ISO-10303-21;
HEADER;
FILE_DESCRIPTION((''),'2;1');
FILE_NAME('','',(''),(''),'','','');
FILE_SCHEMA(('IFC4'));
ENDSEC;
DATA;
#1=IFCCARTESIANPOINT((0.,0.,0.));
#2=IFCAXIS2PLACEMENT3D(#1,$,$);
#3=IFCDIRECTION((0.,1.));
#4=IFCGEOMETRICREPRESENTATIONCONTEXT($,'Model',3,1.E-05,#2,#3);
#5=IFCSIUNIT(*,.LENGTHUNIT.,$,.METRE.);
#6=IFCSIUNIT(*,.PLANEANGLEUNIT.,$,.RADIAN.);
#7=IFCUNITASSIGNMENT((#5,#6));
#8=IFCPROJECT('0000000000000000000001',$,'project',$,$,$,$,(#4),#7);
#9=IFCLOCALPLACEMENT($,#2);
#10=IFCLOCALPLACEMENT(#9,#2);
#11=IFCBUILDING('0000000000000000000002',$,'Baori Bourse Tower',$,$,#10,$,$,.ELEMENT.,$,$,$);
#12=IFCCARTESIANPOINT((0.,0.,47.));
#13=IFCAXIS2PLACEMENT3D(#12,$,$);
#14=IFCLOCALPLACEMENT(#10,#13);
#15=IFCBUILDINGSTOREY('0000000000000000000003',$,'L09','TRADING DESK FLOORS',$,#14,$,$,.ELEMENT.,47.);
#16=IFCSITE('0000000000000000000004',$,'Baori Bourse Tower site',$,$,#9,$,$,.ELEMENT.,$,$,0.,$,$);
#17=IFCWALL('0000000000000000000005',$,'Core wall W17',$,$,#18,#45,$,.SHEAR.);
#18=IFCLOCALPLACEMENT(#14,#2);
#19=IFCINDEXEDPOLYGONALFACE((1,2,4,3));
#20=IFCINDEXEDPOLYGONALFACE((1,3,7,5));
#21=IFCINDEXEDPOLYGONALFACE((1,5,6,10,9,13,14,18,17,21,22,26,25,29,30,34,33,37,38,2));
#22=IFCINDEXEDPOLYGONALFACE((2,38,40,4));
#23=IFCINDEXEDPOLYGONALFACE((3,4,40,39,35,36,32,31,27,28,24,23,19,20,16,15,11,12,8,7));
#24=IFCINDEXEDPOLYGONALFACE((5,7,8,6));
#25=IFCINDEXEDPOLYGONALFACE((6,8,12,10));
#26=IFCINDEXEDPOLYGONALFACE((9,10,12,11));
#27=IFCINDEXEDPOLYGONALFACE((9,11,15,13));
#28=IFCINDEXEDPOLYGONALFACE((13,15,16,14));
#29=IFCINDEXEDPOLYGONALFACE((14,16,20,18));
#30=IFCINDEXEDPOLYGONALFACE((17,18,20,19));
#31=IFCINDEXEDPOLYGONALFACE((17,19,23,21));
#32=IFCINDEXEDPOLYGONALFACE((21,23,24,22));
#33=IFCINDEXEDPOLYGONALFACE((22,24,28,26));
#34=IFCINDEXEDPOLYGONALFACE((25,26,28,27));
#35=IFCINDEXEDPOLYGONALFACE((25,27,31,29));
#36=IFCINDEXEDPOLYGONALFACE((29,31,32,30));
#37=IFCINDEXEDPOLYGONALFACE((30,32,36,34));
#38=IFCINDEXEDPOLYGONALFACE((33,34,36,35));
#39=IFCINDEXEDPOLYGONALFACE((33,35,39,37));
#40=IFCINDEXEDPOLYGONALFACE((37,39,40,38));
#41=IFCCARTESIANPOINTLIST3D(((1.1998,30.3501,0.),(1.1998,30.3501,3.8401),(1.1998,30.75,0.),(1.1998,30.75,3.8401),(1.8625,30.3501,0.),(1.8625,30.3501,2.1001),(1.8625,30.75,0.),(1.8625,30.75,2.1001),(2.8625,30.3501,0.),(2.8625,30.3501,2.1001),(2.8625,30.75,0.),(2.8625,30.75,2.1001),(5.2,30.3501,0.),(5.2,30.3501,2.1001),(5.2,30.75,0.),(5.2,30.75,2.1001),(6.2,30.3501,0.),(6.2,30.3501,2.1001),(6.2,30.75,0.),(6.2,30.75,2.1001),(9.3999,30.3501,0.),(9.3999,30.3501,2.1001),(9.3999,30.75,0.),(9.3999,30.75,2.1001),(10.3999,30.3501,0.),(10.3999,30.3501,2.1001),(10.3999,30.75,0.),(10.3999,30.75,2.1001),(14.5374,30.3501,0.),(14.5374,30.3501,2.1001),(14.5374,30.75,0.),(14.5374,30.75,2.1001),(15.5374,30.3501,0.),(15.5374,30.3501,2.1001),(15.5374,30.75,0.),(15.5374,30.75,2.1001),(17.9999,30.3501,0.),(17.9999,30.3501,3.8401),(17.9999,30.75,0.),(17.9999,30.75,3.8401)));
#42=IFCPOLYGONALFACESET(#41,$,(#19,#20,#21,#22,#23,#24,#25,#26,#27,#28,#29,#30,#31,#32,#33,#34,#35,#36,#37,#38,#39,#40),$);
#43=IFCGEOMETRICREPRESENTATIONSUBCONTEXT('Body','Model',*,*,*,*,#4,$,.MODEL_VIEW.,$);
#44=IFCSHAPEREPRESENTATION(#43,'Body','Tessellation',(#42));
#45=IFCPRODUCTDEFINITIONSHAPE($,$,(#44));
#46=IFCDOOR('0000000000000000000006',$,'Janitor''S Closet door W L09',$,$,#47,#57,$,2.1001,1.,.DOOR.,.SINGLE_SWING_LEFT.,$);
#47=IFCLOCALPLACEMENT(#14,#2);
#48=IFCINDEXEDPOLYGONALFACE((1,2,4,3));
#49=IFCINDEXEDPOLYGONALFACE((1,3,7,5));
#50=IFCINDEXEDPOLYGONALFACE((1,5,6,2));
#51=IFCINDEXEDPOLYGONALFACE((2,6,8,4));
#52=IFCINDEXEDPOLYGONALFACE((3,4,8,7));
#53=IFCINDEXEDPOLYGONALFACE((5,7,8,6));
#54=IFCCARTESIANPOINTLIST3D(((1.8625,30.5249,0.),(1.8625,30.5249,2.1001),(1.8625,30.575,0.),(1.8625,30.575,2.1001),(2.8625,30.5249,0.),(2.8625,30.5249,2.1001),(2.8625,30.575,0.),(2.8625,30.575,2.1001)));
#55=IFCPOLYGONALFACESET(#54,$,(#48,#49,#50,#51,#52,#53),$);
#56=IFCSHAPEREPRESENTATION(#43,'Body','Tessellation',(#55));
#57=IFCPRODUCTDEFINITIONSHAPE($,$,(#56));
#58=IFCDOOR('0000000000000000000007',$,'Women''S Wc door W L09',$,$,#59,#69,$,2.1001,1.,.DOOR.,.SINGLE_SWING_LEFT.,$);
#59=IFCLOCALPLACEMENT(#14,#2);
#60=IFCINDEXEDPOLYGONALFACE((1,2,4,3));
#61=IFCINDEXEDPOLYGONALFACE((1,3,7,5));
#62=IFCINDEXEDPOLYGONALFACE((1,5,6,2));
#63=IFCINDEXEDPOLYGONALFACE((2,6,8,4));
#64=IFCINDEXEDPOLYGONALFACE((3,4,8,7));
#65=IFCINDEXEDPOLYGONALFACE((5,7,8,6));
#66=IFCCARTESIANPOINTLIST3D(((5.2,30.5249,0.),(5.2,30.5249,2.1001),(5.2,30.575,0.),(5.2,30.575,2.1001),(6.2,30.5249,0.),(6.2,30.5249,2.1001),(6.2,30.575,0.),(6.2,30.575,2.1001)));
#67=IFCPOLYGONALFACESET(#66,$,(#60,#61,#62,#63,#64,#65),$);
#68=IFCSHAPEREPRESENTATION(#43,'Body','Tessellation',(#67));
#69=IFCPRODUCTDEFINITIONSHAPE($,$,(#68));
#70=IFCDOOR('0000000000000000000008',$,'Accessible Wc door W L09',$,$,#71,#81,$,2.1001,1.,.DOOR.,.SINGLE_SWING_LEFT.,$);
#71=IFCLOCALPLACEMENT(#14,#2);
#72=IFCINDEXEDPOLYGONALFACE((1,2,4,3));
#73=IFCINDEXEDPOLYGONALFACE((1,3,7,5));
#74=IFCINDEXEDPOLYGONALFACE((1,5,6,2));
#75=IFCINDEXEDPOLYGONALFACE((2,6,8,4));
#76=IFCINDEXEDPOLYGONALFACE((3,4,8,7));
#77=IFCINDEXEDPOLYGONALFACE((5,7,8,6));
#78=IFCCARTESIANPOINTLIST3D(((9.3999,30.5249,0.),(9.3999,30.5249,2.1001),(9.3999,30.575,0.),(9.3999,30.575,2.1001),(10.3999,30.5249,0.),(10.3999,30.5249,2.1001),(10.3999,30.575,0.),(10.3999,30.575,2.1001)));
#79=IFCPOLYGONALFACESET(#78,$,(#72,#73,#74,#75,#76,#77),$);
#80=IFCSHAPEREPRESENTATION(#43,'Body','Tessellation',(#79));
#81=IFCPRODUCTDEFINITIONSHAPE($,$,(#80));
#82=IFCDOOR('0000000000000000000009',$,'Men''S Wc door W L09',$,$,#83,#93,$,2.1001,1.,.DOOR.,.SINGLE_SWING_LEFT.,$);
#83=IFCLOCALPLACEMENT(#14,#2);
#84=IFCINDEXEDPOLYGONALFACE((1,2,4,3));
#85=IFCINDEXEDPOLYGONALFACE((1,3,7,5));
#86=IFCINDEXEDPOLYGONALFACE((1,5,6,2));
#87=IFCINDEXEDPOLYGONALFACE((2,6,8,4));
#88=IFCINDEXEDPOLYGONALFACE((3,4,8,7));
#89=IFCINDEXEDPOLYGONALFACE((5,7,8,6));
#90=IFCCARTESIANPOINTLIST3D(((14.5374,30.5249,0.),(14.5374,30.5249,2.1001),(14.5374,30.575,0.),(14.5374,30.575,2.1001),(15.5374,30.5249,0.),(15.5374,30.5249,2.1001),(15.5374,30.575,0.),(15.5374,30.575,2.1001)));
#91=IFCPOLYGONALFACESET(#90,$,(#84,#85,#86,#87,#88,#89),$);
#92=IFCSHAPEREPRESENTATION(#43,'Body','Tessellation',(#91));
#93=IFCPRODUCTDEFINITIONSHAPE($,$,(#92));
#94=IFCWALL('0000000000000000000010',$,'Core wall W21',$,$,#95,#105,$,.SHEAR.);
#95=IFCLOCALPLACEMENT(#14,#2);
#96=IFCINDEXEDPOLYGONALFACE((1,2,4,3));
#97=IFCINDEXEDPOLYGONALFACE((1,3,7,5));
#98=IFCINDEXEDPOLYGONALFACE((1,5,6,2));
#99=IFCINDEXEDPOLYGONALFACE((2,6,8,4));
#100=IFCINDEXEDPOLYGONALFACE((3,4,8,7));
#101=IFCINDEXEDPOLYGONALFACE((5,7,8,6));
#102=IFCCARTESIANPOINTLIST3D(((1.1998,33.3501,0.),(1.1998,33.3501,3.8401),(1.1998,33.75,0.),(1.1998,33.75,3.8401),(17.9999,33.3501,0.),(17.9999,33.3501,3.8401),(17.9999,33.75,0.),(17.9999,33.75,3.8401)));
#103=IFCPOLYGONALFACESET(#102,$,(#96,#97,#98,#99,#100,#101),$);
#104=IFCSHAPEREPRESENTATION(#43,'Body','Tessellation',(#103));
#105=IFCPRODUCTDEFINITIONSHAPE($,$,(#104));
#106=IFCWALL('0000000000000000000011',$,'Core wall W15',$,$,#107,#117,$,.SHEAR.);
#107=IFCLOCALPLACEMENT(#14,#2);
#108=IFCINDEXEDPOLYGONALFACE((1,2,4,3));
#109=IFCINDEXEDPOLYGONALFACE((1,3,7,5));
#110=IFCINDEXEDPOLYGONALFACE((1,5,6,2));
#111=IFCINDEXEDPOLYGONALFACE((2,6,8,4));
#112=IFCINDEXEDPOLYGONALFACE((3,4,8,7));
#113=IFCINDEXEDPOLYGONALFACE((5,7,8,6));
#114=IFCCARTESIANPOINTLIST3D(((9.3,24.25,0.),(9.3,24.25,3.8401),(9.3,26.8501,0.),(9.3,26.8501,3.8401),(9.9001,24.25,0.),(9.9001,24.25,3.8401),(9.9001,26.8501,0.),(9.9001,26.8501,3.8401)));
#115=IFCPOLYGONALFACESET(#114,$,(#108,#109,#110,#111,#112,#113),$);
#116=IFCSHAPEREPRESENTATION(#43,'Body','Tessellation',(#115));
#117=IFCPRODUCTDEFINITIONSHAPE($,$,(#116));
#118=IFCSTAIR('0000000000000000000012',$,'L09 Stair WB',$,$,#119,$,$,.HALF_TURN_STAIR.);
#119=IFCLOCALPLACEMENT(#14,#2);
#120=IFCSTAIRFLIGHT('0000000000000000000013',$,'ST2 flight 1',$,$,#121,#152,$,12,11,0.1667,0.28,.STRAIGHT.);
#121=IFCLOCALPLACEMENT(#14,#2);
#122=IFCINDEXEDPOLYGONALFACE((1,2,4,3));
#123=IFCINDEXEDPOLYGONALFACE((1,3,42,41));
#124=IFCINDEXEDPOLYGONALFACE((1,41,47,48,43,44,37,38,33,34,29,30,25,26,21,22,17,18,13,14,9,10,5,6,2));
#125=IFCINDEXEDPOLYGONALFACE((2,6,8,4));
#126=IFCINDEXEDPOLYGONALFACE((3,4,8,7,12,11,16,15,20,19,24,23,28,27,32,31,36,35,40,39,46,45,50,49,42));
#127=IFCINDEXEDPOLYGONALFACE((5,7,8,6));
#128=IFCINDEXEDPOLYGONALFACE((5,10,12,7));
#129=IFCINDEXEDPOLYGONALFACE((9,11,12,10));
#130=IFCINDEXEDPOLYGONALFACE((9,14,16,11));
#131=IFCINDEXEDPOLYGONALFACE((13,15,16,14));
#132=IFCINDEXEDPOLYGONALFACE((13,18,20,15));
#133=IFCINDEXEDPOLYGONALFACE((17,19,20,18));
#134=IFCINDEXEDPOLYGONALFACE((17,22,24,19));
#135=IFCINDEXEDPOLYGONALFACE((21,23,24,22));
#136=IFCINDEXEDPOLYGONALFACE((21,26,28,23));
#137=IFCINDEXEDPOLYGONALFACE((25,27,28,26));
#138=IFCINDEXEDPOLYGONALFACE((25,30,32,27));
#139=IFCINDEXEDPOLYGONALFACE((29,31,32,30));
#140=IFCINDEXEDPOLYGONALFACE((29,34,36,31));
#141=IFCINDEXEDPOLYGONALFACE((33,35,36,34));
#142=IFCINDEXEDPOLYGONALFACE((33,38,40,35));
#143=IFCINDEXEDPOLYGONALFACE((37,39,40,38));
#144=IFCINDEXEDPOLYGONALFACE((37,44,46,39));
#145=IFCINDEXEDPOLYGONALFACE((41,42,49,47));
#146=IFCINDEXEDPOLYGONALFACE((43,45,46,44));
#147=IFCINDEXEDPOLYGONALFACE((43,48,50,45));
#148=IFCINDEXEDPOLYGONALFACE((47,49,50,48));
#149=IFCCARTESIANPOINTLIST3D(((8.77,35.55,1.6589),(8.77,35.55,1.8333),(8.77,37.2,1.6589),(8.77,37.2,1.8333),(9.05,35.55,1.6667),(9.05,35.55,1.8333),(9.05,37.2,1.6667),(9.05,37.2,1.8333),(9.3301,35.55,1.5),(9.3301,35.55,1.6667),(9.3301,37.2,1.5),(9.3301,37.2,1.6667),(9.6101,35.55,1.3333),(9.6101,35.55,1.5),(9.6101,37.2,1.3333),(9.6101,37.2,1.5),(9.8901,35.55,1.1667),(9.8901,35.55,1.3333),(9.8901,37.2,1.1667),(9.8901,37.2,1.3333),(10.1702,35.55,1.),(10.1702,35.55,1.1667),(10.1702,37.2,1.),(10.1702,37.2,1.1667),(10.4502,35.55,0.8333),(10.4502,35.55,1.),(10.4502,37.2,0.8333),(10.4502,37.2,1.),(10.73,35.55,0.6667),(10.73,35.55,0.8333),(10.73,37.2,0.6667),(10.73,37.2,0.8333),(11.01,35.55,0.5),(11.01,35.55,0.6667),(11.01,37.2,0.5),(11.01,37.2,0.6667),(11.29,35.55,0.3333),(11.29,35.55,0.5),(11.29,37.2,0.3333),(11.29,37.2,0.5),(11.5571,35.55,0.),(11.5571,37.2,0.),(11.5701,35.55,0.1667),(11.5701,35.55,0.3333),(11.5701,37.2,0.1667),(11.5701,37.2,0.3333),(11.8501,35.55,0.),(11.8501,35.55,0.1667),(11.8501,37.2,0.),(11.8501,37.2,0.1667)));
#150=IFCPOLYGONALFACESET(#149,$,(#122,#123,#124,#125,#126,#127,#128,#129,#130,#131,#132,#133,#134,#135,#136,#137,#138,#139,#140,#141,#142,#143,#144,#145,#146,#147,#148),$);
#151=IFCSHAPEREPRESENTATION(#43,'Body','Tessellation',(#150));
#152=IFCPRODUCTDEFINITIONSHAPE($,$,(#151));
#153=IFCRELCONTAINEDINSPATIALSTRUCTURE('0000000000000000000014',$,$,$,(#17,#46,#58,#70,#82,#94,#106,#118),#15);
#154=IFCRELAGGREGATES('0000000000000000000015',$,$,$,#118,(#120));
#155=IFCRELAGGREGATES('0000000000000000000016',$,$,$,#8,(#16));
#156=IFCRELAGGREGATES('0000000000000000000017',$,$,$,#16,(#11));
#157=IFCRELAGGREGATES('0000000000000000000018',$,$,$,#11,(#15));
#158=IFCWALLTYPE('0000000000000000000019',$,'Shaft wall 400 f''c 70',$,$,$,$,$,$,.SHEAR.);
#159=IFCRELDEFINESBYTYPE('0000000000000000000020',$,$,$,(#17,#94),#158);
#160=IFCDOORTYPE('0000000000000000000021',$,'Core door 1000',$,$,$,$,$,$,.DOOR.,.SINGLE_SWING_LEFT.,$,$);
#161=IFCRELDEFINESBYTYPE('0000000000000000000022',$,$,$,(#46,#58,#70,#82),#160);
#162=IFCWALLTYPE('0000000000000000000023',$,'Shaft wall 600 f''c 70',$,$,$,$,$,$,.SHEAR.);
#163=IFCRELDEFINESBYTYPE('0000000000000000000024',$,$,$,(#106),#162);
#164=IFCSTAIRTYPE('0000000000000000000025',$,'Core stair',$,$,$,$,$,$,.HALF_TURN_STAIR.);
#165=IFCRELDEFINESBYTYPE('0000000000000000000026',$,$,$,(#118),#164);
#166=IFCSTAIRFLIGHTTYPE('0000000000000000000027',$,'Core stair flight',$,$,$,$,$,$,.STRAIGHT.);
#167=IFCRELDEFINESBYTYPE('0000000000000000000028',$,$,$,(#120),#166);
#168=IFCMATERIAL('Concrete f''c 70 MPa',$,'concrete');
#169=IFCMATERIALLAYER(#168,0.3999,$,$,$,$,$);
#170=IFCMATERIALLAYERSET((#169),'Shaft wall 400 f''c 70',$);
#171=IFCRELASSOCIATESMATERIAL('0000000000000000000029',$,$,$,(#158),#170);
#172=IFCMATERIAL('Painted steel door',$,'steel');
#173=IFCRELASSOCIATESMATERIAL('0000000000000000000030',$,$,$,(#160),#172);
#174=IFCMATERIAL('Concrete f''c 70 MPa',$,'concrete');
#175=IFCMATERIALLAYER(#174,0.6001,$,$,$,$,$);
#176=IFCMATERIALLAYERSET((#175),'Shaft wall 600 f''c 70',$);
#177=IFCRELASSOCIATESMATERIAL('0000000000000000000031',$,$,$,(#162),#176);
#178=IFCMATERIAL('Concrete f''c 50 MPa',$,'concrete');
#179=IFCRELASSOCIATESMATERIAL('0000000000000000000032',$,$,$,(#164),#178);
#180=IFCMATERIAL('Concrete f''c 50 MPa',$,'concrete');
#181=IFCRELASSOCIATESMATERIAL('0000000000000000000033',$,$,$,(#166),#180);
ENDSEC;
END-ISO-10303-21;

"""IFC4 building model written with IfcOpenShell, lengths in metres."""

from ifc_helpers import new_model, si_unit, direction, frame, frame_2d, origin, place, context, subcontext, project, spatial, polyline, rectangle, outline, extrude, material, layer, layer_set, type_object, element, fill, aggregate, save


model = new_model("IFC4")

# Units and contexts
model_context = context("Model", 3, precision=1e-05, world=origin(), true_north=direction((0.0, 1.0)))
body_context = subcontext(model_context, "Body", "Model", "MODEL_VIEW")
ifc_project = project(units=[si_unit("LENGTHUNIT", "METRE"), si_unit("PLANEANGLEUNIT", "RADIAN")], contexts=[model_context])

# Site, building, storey
site_placement = place(None, origin())
site = spatial("IfcSite", under=ifc_project, at=site_placement, Name="Baori Bourse Tower site", CompositionType="ELEMENT", RefElevation=0.0)
building_placement = place(site_placement, origin())
building = spatial("IfcBuilding", under=site, at=building_placement, Name="Baori Bourse Tower", CompositionType="ELEMENT")
storey_placement = place(building_placement, frame((0.0, 0.0, 47.0)))
storey = spatial("IfcBuildingStorey", under=building, at=storey_placement, Name="L09", Description="TRADING DESK FLOORS", CompositionType="ELEMENT", Elevation=47.0)

# Shared definitions
ifc_material_1 = material(Name="Concrete f'c 70 MPa", Category="concrete")
ifc_layer_1 = layer(ifc_material_1, 0.3999)
ifc_layer_set_1 = layer_set([ifc_layer_1], Name="Shaft wall 400 f'c 70")
wall_type_1 = type_object("IfcWallType", Name="Shaft wall 400 f'c 70", PredefinedType="SHEAR", material=ifc_layer_set_1)

# Wall, openings, doors
wall_1_placement = place(storey_placement, frame((1.2, 30.55, 0.0), z_axis=(0.0, 0.0, 1.0), x_axis=(1.0, 0.0, 0.0)))
wall_1 = element("IfcWall", 1, at=wall_1_placement, inside=storey, type_object=wall_type_1, Name="Core wall W17", PredefinedType="SHEAR", context=body_context, shape_type="SweptSolid", body=[
    extrude(rectangle(XDim=16.8, YDim=0.3999, at=frame_2d((8.3999, 0.0))), origin(), (0.0, 0.0, 1.0), 3.8401),
])
opening_1_placement = place(wall_1_placement, frame((0.6626, 0.0, 0.0)))
opening_1 = element("IfcOpeningElement", 2, at=opening_1_placement, cuts=wall_1, PredefinedType="OPENING", context=body_context, shape_type="SweptSolid", body=[
    extrude(rectangle(XDim=1.0, YDim=2.1001, at=frame_2d((0.5, 1.05))), frame((0.0, 0.21, 0.0), z_axis=(0.0, -1.0, 0.0), x_axis=(1.0, 0.0, 0.0)), (0.0, 0.0, 1.0), 0.4199),
])
opening_2_placement = place(wall_1_placement, frame((4.0, 0.0, 0.0)))
opening_2 = element("IfcOpeningElement", 3, at=opening_2_placement, cuts=wall_1, PredefinedType="OPENING", context=body_context, shape_type="SweptSolid", body=[
    extrude(rectangle(XDim=1.0, YDim=2.1001, at=frame_2d((0.5, 1.05))), frame((0.0, 0.21, 0.0), z_axis=(0.0, -1.0, 0.0), x_axis=(1.0, 0.0, 0.0)), (0.0, 0.0, 1.0), 0.4199),
])
opening_3_placement = place(wall_1_placement, frame((8.2, 0.0, 0.0)))
opening_3 = element("IfcOpeningElement", 4, at=opening_3_placement, cuts=wall_1, PredefinedType="OPENING", context=body_context, shape_type="SweptSolid", body=[
    extrude(rectangle(XDim=1.0, YDim=2.1001, at=frame_2d((0.5, 1.05))), frame((0.0, 0.21, 0.0), z_axis=(0.0, -1.0, 0.0), x_axis=(1.0, 0.0, 0.0)), (0.0, 0.0, 1.0), 0.4199),
])
opening_4_placement = place(wall_1_placement, frame((13.3374, 0.0, 0.0)))
opening_4 = element("IfcOpeningElement", 5, at=opening_4_placement, cuts=wall_1, PredefinedType="OPENING", context=body_context, shape_type="SweptSolid", body=[
    extrude(rectangle(XDim=1.0, YDim=2.1001, at=frame_2d((0.5, 1.05))), frame((0.0, 0.21, 0.0), z_axis=(0.0, -1.0, 0.0), x_axis=(1.0, 0.0, 0.0)), (0.0, 0.0, 1.0), 0.4199),
])
ifc_material_2 = material(Name="Painted steel door", Category="steel")
door_type_1 = type_object("IfcDoorType", Name="Core door 1000", OperationType="SINGLE_SWING_LEFT", PredefinedType="DOOR", material=ifc_material_2)
door_1_placement = place(opening_1_placement, origin())
door_1 = element("IfcDoor", 6, at=door_1_placement, inside=storey, type_object=door_type_1, Name="Janitor'S Closet door W L09", OperationType="SINGLE_SWING_LEFT", OverallHeight=2.1001, OverallWidth=1.0, PredefinedType="DOOR", context=body_context, shape_type="SweptSolid", body=[
    extrude(rectangle(XDim=1.0, YDim=2.1001, at=frame_2d((0.5, 1.05))), frame((0.0, 0.0249, 0.0), z_axis=(0.0, -1.0, 0.0), x_axis=(1.0, 0.0, 0.0)), (0.0, 0.0, 1.0), 0.05),
])
fill(opening_1, door_1)
door_2_placement = place(opening_2_placement, origin())
door_2 = element("IfcDoor", 7, at=door_2_placement, inside=storey, type_object=door_type_1, Name="Women'S Wc door W L09", OperationType="SINGLE_SWING_LEFT", OverallHeight=2.1001, OverallWidth=1.0, PredefinedType="DOOR", context=body_context, shape_type="SweptSolid", body=[
    extrude(rectangle(XDim=1.0, YDim=2.1001, at=frame_2d((0.5, 1.05))), frame((0.0, 0.0249, 0.0), z_axis=(0.0, -1.0, 0.0), x_axis=(1.0, 0.0, 0.0)), (0.0, 0.0, 1.0), 0.05),
])
fill(opening_2, door_2)
door_3_placement = place(opening_3_placement, origin())
door_3 = element("IfcDoor", 8, at=door_3_placement, inside=storey, type_object=door_type_1, Name="Accessible Wc door W L09", OperationType="SINGLE_SWING_LEFT", OverallHeight=2.1001, OverallWidth=1.0, PredefinedType="DOOR", context=body_context, shape_type="SweptSolid", body=[
    extrude(rectangle(XDim=1.0, YDim=2.1001, at=frame_2d((0.5, 1.05))), frame((0.0, 0.0249, 0.0), z_axis=(0.0, -1.0, 0.0), x_axis=(1.0, 0.0, 0.0)), (0.0, 0.0, 1.0), 0.05),
])
fill(opening_3, door_3)
door_4_placement = place(opening_4_placement, origin())
door_4 = element("IfcDoor", 9, at=door_4_placement, inside=storey, type_object=door_type_1, Name="Men'S Wc door W L09", OperationType="SINGLE_SWING_LEFT", OverallHeight=2.1001, OverallWidth=1.0, PredefinedType="DOOR", context=body_context, shape_type="SweptSolid", body=[
    extrude(rectangle(XDim=1.0, YDim=2.1001, at=frame_2d((0.5, 1.05))), frame((0.0, 0.0249, 0.0), z_axis=(0.0, -1.0, 0.0), x_axis=(1.0, 0.0, 0.0)), (0.0, 0.0, 1.0), 0.05),
])
fill(opening_4, door_4)

# Walls
wall_2_placement = place(storey_placement, frame((1.2, 33.55, 0.0), z_axis=(0.0, 0.0, 1.0), x_axis=(1.0, 0.0, 0.0)))
element("IfcWall", 10, at=wall_2_placement, inside=storey, type_object=wall_type_1, Name="Core wall W21", PredefinedType="SHEAR", context=body_context, shape_type="SweptSolid", body=[
    extrude(rectangle(XDim=16.8, YDim=0.3999, at=frame_2d((8.3999, 0.0))), origin(), (0.0, 0.0, 1.0), 3.8401),
])
ifc_material_3 = material(Name="Concrete f'c 70 MPa", Category="concrete")
ifc_layer_2 = layer(ifc_material_3, 0.6001)
ifc_layer_set_2 = layer_set([ifc_layer_2], Name="Shaft wall 600 f'c 70")
wall_type_2 = type_object("IfcWallType", Name="Shaft wall 600 f'c 70", PredefinedType="SHEAR", material=ifc_layer_set_2)
wall_3_placement = place(storey_placement, frame((9.6001, 24.25, 0.0), z_axis=(0.0, 0.0, 1.0), x_axis=(0.0, 1.0, 0.0)))
element("IfcWall", 11, at=wall_3_placement, inside=storey, type_object=wall_type_2, Name="Core wall W15", PredefinedType="SHEAR", context=body_context, shape_type="SweptSolid", body=[
    extrude(rectangle(XDim=2.6001, YDim=0.6001, at=frame_2d((1.3, 0.0))), origin(), (0.0, 0.0, 1.0), 3.8401),
])

# Stair, stair flight
ifc_material_4 = material(Name="Concrete f'c 50 MPa", Category="concrete")
stair_type = type_object("IfcStairType", Name="Core stair", PredefinedType="HALF_TURN_STAIR", material=ifc_material_4)
stair_placement = place(storey_placement, origin())
stair = element("IfcStair", 12, at=stair_placement, inside=storey, type_object=stair_type, Name="L09 Stair WB", PredefinedType="HALF_TURN_STAIR")
ifc_material_5 = material(Name="Concrete f'c 50 MPa", Category="concrete")
stair_flight_type = type_object("IfcStairFlightType", Name="Core stair flight", PredefinedType="STRAIGHT", material=ifc_material_5)
stair_flight_1_placement = place(storey_placement, frame((11.8501, 36.375, 0.0), z_axis=(0.0, 0.0, 1.0), x_axis=(-1.0, 0.0, 0.0)))
stair_flight_1 = element("IfcStairFlight", 13, at=stair_flight_1_placement, type_object=stair_flight_type, Name="ST2 flight 1", NumberOfRisers=12, NumberOfTreads=11, PredefinedType="STRAIGHT", RiserHeight=0.1667, TreadLength=0.28, context=body_context, shape_type="SweptSolid", body=[
    extrude(outline(polyline([(0.0, 0.0), (0.0, 0.1667), (0.28, 0.1667), (0.28, 0.3333), (0.5601, 0.3333), (0.5601, 0.5), (0.8401, 0.5), (0.8401, 0.6667), (1.1201, 0.6667), (1.1201, 0.8333), (1.3999, 0.8333), (1.3999, 1.0), (1.6799, 1.0), (1.6799, 1.1667), (1.96, 1.1667), (1.96, 1.3333), (2.24, 1.3333), (2.24, 1.5), (2.52, 1.5), (2.52, 1.6667), (2.8, 1.6667), (2.8, 1.8333), (3.0801, 1.8333), (3.0801, 2.0), (3.0801, 1.6589), (0.293, 0.0), (0.0, 0.0)])), frame((0.0, 0.825, 0.0), z_axis=(0.0, -1.0, 0.0), x_axis=(1.0, 0.0, 0.0)), (0.0, 0.0, 1.0), 1.6499),
])
aggregate(stair, [stair_flight_1])

save(model, "model.ifc")
